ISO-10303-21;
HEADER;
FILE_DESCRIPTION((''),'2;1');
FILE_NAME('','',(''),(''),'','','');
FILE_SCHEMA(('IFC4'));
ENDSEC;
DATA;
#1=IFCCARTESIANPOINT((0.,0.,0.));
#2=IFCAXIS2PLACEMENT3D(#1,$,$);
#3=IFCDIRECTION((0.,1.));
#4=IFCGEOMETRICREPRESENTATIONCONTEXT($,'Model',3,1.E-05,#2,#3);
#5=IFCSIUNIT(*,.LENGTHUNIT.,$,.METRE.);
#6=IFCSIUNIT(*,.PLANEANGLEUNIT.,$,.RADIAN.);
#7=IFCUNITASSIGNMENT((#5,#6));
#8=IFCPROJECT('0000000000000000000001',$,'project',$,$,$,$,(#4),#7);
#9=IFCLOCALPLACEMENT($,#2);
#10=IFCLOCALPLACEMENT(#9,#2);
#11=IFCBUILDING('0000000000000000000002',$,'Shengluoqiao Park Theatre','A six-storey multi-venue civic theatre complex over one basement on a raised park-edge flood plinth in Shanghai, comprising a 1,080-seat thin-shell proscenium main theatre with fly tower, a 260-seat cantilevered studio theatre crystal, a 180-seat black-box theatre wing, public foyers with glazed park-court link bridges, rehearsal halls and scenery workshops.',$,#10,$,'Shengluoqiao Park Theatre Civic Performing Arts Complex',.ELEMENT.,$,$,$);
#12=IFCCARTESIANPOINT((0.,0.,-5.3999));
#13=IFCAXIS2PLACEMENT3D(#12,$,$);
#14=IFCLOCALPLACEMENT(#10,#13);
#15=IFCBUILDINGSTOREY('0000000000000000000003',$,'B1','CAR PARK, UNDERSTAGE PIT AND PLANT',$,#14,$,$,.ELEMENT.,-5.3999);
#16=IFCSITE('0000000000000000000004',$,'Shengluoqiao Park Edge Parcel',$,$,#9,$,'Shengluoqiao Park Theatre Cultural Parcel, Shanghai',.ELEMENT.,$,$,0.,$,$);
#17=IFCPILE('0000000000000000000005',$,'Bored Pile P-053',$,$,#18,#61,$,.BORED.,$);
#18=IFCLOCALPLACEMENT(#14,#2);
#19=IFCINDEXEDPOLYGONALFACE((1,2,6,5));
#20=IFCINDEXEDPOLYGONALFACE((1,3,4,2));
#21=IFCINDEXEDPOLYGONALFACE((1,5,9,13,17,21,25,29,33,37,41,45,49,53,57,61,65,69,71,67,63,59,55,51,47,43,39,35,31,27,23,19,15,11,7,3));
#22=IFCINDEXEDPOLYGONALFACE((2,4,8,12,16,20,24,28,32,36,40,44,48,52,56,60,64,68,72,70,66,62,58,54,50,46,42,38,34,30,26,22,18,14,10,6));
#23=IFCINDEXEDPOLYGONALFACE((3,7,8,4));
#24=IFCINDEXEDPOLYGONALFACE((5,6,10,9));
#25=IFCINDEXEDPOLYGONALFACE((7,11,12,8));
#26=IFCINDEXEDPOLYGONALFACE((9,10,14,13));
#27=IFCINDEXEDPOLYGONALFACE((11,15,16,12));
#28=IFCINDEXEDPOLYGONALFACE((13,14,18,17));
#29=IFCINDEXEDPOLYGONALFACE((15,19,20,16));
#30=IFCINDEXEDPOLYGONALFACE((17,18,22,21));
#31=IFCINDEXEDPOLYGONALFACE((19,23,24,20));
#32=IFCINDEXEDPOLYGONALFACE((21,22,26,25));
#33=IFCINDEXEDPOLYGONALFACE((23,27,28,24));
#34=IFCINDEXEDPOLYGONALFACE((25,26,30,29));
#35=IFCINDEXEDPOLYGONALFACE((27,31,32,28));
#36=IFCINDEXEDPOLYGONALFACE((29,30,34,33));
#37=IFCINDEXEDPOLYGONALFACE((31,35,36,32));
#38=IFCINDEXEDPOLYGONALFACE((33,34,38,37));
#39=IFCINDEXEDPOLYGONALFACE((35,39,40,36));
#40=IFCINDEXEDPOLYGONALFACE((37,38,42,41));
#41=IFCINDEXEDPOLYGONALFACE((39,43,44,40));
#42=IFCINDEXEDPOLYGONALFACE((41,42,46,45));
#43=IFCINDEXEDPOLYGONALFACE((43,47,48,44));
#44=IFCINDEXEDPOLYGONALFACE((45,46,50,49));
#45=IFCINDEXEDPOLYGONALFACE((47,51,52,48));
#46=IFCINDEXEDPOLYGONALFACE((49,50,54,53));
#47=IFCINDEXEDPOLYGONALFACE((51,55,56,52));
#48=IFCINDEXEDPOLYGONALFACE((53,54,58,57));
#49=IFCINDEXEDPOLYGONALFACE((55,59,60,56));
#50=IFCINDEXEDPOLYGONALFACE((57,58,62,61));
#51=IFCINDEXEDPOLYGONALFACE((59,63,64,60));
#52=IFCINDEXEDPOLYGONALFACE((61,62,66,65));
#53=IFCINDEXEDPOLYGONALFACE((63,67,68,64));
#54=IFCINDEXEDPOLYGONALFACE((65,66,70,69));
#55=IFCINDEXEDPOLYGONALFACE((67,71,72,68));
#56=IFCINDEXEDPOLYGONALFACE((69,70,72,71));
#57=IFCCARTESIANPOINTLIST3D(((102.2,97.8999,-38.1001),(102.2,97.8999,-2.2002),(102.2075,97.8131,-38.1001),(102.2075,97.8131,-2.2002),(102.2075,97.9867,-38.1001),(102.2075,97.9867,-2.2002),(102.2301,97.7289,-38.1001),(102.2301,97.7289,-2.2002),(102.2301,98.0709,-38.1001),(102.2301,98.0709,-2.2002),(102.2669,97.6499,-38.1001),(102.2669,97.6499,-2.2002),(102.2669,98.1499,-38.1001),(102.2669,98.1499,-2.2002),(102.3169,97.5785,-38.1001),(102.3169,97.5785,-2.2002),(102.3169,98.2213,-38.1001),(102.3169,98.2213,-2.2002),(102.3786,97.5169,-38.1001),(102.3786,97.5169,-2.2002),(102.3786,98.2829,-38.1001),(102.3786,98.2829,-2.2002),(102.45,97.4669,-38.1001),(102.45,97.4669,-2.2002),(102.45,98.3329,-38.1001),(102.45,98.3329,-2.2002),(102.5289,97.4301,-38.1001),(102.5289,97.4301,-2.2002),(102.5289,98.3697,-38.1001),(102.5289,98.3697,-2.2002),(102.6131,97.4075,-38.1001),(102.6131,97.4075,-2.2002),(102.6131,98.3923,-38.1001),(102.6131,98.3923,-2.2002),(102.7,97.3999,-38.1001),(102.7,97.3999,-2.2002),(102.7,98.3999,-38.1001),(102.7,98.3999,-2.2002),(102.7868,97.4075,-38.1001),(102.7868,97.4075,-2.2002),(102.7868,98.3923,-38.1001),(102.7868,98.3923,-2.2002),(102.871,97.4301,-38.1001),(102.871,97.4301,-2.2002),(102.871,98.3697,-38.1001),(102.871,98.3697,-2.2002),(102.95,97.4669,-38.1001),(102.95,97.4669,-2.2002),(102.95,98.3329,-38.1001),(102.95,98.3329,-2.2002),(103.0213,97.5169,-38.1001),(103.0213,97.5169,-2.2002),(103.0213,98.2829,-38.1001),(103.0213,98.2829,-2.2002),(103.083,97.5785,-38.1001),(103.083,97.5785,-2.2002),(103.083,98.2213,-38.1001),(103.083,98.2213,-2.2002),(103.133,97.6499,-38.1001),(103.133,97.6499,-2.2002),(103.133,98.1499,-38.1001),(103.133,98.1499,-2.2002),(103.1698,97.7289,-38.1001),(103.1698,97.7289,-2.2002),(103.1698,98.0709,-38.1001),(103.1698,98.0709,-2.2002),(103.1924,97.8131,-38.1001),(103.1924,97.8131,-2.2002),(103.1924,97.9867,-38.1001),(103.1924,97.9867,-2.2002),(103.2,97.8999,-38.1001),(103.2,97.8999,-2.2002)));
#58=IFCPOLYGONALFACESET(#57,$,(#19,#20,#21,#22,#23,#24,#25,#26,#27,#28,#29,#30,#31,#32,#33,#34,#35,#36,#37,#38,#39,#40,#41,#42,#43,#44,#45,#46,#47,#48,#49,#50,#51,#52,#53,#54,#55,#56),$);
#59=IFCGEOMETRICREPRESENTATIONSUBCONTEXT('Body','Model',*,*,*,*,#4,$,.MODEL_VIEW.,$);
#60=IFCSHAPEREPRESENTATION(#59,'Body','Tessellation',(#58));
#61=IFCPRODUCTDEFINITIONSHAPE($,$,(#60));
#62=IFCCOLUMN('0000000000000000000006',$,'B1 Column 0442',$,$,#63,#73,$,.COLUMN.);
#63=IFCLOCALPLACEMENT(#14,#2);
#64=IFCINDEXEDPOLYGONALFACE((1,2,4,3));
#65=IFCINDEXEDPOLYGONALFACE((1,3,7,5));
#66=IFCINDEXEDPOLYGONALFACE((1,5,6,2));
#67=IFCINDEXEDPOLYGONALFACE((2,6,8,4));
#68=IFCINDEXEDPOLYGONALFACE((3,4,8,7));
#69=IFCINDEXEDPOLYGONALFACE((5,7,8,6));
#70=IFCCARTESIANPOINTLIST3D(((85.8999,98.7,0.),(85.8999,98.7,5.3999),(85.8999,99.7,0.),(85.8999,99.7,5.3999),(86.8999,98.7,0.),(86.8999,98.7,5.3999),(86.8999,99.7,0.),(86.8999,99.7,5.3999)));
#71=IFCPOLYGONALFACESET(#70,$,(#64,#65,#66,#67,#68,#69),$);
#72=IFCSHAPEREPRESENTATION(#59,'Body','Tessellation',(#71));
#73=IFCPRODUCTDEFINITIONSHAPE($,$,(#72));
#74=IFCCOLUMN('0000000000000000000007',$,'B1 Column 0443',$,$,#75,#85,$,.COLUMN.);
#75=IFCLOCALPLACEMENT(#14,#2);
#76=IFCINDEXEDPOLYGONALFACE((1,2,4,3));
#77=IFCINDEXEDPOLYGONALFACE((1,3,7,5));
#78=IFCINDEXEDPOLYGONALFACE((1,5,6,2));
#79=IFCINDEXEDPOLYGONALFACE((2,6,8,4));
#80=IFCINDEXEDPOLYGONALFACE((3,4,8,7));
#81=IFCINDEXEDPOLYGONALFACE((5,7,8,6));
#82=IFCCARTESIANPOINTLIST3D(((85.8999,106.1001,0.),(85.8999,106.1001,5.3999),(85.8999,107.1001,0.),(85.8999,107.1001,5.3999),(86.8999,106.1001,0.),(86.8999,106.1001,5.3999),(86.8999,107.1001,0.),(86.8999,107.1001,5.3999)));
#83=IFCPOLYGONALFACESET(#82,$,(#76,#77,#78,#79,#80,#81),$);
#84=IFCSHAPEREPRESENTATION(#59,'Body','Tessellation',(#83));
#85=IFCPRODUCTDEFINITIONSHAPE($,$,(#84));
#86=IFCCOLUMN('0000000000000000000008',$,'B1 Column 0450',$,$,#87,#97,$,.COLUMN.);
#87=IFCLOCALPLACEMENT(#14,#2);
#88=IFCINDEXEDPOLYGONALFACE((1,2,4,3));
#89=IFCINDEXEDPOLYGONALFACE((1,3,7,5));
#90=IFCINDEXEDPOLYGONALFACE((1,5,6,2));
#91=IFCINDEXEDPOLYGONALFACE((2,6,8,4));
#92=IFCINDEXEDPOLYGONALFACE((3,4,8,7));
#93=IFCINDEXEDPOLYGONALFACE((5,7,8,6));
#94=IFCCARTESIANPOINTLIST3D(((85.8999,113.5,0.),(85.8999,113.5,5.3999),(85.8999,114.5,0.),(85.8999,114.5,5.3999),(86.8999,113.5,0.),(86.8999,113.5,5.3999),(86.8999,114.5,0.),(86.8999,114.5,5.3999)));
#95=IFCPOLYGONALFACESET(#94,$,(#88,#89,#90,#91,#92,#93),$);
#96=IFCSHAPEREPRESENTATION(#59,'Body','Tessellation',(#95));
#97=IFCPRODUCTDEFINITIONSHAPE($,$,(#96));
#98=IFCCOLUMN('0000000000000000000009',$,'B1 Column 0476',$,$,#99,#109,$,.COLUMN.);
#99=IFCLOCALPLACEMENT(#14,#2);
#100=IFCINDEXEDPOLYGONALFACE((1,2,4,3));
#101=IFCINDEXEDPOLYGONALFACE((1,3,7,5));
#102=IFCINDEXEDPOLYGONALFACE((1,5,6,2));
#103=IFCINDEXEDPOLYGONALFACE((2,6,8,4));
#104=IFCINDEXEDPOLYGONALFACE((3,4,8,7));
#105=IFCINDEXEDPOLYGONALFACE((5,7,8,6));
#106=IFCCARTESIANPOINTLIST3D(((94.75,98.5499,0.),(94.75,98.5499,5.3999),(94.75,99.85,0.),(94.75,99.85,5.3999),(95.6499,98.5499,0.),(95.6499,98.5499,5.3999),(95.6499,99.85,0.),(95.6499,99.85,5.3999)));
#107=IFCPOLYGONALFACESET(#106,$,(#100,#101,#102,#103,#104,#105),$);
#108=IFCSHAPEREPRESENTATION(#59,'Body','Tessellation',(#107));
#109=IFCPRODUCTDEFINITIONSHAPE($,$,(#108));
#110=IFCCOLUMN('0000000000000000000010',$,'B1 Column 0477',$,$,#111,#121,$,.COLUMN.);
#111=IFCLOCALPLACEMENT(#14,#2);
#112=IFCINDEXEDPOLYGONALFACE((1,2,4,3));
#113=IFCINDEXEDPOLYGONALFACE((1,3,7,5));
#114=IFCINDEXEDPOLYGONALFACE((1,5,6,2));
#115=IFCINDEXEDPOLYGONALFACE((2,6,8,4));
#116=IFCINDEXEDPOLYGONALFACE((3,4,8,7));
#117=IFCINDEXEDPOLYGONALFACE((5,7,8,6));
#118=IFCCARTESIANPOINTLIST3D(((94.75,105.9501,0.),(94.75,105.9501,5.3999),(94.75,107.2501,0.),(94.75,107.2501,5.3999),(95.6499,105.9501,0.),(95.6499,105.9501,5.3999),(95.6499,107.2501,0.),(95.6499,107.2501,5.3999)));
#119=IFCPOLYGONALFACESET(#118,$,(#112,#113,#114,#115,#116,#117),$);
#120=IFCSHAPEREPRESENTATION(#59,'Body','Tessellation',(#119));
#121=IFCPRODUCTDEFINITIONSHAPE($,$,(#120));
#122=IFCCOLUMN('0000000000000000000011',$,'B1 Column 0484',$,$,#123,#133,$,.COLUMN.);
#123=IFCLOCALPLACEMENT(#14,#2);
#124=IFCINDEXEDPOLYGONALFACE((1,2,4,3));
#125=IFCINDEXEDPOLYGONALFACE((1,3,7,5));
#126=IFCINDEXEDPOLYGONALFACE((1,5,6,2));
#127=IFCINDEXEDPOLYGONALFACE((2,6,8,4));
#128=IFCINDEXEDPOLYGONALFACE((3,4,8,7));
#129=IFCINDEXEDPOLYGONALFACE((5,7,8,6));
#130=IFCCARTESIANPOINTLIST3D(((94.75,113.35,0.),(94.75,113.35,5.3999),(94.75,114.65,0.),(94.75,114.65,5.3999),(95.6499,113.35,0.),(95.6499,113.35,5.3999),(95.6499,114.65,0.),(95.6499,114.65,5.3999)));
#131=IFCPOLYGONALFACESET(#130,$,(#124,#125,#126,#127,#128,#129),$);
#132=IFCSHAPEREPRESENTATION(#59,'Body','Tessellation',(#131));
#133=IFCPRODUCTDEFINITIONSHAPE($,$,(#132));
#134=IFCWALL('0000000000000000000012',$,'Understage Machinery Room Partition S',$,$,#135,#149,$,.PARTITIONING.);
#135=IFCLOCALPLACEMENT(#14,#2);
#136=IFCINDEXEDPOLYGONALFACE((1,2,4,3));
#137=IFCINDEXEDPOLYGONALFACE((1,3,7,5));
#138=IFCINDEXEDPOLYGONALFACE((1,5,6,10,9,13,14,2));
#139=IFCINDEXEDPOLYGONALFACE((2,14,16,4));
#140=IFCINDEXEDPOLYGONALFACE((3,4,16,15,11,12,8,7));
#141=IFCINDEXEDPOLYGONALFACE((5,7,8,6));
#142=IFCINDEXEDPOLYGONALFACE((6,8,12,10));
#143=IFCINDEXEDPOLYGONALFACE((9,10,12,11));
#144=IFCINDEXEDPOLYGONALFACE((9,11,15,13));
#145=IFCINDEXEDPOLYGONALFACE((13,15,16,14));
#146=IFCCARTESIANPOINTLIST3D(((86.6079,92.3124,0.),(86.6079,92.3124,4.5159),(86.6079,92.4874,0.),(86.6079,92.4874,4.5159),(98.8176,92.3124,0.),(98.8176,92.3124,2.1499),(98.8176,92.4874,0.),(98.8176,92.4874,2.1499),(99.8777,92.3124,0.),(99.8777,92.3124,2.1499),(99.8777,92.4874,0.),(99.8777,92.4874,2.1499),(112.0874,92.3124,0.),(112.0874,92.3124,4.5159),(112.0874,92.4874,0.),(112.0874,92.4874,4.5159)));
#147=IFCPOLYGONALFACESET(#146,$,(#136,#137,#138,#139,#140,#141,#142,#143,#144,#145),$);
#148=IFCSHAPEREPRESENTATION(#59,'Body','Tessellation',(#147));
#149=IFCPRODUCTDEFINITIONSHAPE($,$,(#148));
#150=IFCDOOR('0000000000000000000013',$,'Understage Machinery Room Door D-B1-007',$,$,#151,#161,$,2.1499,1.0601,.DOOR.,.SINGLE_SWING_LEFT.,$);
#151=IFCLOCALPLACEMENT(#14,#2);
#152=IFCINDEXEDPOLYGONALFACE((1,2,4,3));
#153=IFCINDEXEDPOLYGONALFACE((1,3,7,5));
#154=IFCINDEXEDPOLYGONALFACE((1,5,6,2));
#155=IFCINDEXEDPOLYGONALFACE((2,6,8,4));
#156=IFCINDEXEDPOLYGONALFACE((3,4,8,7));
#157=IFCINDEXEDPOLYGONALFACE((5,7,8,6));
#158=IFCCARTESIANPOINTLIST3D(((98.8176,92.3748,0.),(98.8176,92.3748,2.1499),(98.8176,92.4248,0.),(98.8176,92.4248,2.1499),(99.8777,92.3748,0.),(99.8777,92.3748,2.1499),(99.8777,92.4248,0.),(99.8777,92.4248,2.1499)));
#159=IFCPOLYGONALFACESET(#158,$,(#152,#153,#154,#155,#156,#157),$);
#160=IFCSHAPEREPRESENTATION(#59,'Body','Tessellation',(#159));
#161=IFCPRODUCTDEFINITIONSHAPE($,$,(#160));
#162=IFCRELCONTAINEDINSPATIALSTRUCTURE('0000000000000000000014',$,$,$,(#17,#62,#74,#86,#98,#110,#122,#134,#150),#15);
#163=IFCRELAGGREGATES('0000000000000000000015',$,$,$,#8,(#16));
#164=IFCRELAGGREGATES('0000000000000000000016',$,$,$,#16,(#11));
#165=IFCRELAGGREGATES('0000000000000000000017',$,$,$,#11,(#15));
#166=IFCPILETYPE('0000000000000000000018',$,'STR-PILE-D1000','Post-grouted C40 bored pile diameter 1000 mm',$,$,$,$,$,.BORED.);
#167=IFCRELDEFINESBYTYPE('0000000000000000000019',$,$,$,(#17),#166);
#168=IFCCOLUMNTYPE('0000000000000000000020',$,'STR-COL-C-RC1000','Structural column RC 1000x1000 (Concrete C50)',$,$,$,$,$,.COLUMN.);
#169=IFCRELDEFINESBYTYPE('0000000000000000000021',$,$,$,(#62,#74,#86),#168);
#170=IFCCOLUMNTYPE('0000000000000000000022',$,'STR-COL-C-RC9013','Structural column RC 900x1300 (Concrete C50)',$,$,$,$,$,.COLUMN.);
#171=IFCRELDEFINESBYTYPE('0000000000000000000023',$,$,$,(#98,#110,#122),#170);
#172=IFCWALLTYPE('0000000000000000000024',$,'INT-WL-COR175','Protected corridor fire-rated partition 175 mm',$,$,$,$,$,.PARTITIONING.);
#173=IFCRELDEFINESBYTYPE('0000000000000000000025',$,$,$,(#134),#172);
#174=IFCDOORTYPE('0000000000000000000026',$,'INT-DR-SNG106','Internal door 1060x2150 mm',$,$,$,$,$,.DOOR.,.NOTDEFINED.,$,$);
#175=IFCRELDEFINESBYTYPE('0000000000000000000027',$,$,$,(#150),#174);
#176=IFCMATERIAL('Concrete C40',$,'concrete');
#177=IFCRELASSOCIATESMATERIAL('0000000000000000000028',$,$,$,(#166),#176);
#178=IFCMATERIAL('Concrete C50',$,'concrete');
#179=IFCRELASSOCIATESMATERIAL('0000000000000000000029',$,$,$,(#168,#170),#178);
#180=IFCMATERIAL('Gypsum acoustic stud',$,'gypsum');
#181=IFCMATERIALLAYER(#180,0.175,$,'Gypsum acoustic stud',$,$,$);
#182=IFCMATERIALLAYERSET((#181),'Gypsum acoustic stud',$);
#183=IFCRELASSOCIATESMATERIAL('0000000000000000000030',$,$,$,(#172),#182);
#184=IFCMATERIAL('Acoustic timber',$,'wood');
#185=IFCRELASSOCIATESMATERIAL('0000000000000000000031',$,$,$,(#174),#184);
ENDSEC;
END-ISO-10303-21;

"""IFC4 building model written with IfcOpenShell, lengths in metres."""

from ifc_helpers import new_model, si_unit, direction, frame, frame_2d, origin, origin_2d, place, context, subcontext, project, spatial, rectangle, circle, extrude, material, layer, layer_set, material_profile, profile_set, type_object, element, fill, save


model = new_model("IFC4")

# Units and contexts
model_context = context("Model", 3, precision=1e-05, world=origin(), true_north=direction((0.0, 1.0)))
body_context = subcontext(model_context, "Body", "Model", "MODEL_VIEW")
ifc_project = project(units=[si_unit("LENGTHUNIT", "METRE"), si_unit("PLANEANGLEUNIT", "RADIAN")], contexts=[model_context])

# Site, building, storey
site_placement = place(None, origin())
site = spatial("IfcSite", under=ifc_project, at=site_placement, Name="Shengluoqiao Park Edge Parcel", LongName="Shengluoqiao Park Theatre Cultural Parcel, Shanghai", CompositionType="ELEMENT", RefElevation=0.0)
building_placement = place(site_placement, origin())
building = spatial("IfcBuilding", under=site, at=building_placement, Name="Shengluoqiao Park Theatre", Description="A six-storey multi-venue civic theatre complex over one basement on a raised park-edge flood plinth in Shanghai, comprising a 1,080-seat thin-shell proscenium main theatre with fly tower, a 260-seat cantilevered studio theatre crystal, a 180-seat black-box theatre wing, public foyers with glazed park-court link bridges, rehearsal halls and scenery workshops.", LongName="Shengluoqiao Park Theatre Civic Performing Arts Complex", CompositionType="ELEMENT")
storey_placement = place(building_placement, frame((0.0, 0.0, -5.3999)))
storey = spatial("IfcBuildingStorey", under=building, at=storey_placement, Name="B1", Description="CAR PARK, UNDERSTAGE PIT AND PLANT", CompositionType="ELEMENT", Elevation=-5.3999)

# Shared definitions
ifc_material_1 = material(Name="Concrete C40", Category="concrete")

# Pile
ifc_material_profile_1 = material_profile(ifc_material_1, circle(Radius=0.5, at=origin_2d()), Name="BORED PILE D1000")
ifc_profile_set_1 = profile_set([ifc_material_profile_1], Name="Concrete C40")
pile_type = type_object("IfcPileType", Name="STR-PILE-D1000", Description="Post-grouted C40 bored pile diameter 1000 mm", PredefinedType="BORED", material=ifc_profile_set_1)
for number, where, z_axis, x_axis, name in (
    (1, (102.7, 97.8999, -2.2002), (0.0, 0.0, -1.0), (1.0, 0.0, 0.0), "Bored Pile P-053"),
):
    element("IfcPile", number, at=place(storey_placement, frame(where, z_axis=z_axis, x_axis=x_axis)), inside=storey, type_object=pile_type, Name=name, PredefinedType="BORED", context=body_context, shape_type="SweptSolid", body=[
        extrude(circle(Radius=0.5, at=origin_2d()), origin(), (0.0, 0.0, 1.0), 35.8999),
    ])

# Columns
ifc_material_2 = material(Name="Concrete C50", Category="concrete")
ifc_material_profile_2 = material_profile(ifc_material_2, rectangle(XDim=1.0, YDim=1.0, at=origin_2d()), Name="RC 1000x1000")
ifc_profile_set_2 = profile_set([ifc_material_profile_2], Name="Concrete C50")
column_type_1 = type_object("IfcColumnType", Name="STR-COL-C-RC1000", Description="Structural column RC 1000x1000 (Concrete C50)", PredefinedType="COLUMN", material=ifc_profile_set_2)
for number, where, z_axis, x_axis, name in (
    (2, (86.3999, 99.2, 0.0), (0.0, 0.0, 1.0), (1.0, 0.0, 0.0), "B1 Column 0442"),
    (3, (86.3999, 106.6001, 0.0), (0.0, 0.0, 1.0), (1.0, 0.0, 0.0), "B1 Column 0443"),
    (4, (86.3999, 114.0, 0.0), (0.0, 0.0, 1.0), (1.0, 0.0, 0.0), "B1 Column 0450"),
):
    element("IfcColumn", number, at=place(storey_placement, frame(where, z_axis=z_axis, x_axis=x_axis)), inside=storey, type_object=column_type_1, Name=name, PredefinedType="COLUMN", context=body_context, shape_type="SweptSolid", body=[
        extrude(rectangle(XDim=1.0, YDim=1.0, at=origin_2d()), origin(), (0.0, 0.0, 1.0), 5.3999),
    ])
ifc_material_profile_3 = material_profile(ifc_material_2, rectangle(XDim=0.8999, YDim=1.3, at=origin_2d()), Name="RC 900x1300")
ifc_profile_set_3 = profile_set([ifc_material_profile_3], Name="Concrete C50")
column_type_2 = type_object("IfcColumnType", Name="STR-COL-C-RC9013", Description="Structural column RC 900x1300 (Concrete C50)", PredefinedType="COLUMN", material=ifc_profile_set_3)
for number, where, z_axis, x_axis, name in (
    (5, (95.2, 99.2, 0.0), (0.0, 0.0, 1.0), (1.0, 0.0, 0.0), "B1 Column 0476"),
    (6, (95.2, 106.6001, 0.0), (0.0, 0.0, 1.0), (1.0, 0.0, 0.0), "B1 Column 0477"),
    (7, (95.2, 114.0, 0.0), (0.0, 0.0, 1.0), (1.0, 0.0, 0.0), "B1 Column 0484"),
):
    element("IfcColumn", number, at=place(storey_placement, frame(where, z_axis=z_axis, x_axis=x_axis)), inside=storey, type_object=column_type_2, Name=name, PredefinedType="COLUMN", context=body_context, shape_type="SweptSolid", body=[
        extrude(rectangle(XDim=0.8999, YDim=1.3, at=origin_2d()), origin(), (0.0, 0.0, 1.0), 5.3999),
    ])

# Wall, opening, door
ifc_material_3 = material(Name="Gypsum acoustic stud", Category="gypsum")
ifc_layer = layer(ifc_material_3, 0.175, Name="Gypsum acoustic stud")
ifc_layer_set = layer_set([ifc_layer], Name="Gypsum acoustic stud")
wall_type = type_object("IfcWallType", Name="INT-WL-COR175", Description="Protected corridor fire-rated partition 175 mm", PredefinedType="PARTITIONING", material=ifc_layer_set)
wall_placement = place(storey_placement, frame((86.6079, 92.3999, 0.0), z_axis=(0.0, 0.0, 1.0), x_axis=(1.0, 0.0, 0.0)))
wall = element("IfcWall", 8, at=wall_placement, inside=storey, type_object=wall_type, Name="Understage Machinery Room Partition S", PredefinedType="PARTITIONING", context=body_context, shape_type="SweptSolid", body=[
    extrude(rectangle(XDim=25.4795, YDim=0.175, at=frame_2d((12.7397, 0.0))), origin(), (0.0, 0.0, 1.0), 4.5159),
])
opening_placement = place(wall_placement, frame((12.2097, 0.0, 0.0)))
opening = element("IfcOpeningElement", 9, at=opening_placement, cuts=wall, PredefinedType="OPENING", context=body_context, shape_type="SweptSolid", body=[
    extrude(rectangle(XDim=1.0601, YDim=2.1499, at=frame_2d((0.53, 1.075))), frame((0.0, 0.0974, 0.0), z_axis=(0.0, -1.0, 0.0), x_axis=(1.0, 0.0, 0.0)), (0.0, 0.0, 1.0), 0.1951),
])
ifc_material_4 = material(Name="Acoustic timber", Category="wood")
door_type = type_object("IfcDoorType", Name="INT-DR-SNG106", Description="Internal door 1060x2150 mm", OperationType="NOTDEFINED", PredefinedType="DOOR", material=ifc_material_4)
door_placement = place(opening_placement, origin())
door = element("IfcDoor", 10, at=door_placement, inside=storey, type_object=door_type, Name="Understage Machinery Room Door D-B1-007", OperationType="SINGLE_SWING_LEFT", OverallHeight=2.1499, OverallWidth=1.0601, PredefinedType="DOOR", context=body_context, shape_type="SweptSolid", body=[
    extrude(rectangle(XDim=1.0601, YDim=2.1499, at=frame_2d((0.53, 1.075))), frame((0.0, 0.0249, 0.0), z_axis=(0.0, -1.0, 0.0), x_axis=(1.0, 0.0, 0.0)), (0.0, 0.0, 1.0), 0.05),
])
fill(opening, door)

save(model, "model.ifc")
